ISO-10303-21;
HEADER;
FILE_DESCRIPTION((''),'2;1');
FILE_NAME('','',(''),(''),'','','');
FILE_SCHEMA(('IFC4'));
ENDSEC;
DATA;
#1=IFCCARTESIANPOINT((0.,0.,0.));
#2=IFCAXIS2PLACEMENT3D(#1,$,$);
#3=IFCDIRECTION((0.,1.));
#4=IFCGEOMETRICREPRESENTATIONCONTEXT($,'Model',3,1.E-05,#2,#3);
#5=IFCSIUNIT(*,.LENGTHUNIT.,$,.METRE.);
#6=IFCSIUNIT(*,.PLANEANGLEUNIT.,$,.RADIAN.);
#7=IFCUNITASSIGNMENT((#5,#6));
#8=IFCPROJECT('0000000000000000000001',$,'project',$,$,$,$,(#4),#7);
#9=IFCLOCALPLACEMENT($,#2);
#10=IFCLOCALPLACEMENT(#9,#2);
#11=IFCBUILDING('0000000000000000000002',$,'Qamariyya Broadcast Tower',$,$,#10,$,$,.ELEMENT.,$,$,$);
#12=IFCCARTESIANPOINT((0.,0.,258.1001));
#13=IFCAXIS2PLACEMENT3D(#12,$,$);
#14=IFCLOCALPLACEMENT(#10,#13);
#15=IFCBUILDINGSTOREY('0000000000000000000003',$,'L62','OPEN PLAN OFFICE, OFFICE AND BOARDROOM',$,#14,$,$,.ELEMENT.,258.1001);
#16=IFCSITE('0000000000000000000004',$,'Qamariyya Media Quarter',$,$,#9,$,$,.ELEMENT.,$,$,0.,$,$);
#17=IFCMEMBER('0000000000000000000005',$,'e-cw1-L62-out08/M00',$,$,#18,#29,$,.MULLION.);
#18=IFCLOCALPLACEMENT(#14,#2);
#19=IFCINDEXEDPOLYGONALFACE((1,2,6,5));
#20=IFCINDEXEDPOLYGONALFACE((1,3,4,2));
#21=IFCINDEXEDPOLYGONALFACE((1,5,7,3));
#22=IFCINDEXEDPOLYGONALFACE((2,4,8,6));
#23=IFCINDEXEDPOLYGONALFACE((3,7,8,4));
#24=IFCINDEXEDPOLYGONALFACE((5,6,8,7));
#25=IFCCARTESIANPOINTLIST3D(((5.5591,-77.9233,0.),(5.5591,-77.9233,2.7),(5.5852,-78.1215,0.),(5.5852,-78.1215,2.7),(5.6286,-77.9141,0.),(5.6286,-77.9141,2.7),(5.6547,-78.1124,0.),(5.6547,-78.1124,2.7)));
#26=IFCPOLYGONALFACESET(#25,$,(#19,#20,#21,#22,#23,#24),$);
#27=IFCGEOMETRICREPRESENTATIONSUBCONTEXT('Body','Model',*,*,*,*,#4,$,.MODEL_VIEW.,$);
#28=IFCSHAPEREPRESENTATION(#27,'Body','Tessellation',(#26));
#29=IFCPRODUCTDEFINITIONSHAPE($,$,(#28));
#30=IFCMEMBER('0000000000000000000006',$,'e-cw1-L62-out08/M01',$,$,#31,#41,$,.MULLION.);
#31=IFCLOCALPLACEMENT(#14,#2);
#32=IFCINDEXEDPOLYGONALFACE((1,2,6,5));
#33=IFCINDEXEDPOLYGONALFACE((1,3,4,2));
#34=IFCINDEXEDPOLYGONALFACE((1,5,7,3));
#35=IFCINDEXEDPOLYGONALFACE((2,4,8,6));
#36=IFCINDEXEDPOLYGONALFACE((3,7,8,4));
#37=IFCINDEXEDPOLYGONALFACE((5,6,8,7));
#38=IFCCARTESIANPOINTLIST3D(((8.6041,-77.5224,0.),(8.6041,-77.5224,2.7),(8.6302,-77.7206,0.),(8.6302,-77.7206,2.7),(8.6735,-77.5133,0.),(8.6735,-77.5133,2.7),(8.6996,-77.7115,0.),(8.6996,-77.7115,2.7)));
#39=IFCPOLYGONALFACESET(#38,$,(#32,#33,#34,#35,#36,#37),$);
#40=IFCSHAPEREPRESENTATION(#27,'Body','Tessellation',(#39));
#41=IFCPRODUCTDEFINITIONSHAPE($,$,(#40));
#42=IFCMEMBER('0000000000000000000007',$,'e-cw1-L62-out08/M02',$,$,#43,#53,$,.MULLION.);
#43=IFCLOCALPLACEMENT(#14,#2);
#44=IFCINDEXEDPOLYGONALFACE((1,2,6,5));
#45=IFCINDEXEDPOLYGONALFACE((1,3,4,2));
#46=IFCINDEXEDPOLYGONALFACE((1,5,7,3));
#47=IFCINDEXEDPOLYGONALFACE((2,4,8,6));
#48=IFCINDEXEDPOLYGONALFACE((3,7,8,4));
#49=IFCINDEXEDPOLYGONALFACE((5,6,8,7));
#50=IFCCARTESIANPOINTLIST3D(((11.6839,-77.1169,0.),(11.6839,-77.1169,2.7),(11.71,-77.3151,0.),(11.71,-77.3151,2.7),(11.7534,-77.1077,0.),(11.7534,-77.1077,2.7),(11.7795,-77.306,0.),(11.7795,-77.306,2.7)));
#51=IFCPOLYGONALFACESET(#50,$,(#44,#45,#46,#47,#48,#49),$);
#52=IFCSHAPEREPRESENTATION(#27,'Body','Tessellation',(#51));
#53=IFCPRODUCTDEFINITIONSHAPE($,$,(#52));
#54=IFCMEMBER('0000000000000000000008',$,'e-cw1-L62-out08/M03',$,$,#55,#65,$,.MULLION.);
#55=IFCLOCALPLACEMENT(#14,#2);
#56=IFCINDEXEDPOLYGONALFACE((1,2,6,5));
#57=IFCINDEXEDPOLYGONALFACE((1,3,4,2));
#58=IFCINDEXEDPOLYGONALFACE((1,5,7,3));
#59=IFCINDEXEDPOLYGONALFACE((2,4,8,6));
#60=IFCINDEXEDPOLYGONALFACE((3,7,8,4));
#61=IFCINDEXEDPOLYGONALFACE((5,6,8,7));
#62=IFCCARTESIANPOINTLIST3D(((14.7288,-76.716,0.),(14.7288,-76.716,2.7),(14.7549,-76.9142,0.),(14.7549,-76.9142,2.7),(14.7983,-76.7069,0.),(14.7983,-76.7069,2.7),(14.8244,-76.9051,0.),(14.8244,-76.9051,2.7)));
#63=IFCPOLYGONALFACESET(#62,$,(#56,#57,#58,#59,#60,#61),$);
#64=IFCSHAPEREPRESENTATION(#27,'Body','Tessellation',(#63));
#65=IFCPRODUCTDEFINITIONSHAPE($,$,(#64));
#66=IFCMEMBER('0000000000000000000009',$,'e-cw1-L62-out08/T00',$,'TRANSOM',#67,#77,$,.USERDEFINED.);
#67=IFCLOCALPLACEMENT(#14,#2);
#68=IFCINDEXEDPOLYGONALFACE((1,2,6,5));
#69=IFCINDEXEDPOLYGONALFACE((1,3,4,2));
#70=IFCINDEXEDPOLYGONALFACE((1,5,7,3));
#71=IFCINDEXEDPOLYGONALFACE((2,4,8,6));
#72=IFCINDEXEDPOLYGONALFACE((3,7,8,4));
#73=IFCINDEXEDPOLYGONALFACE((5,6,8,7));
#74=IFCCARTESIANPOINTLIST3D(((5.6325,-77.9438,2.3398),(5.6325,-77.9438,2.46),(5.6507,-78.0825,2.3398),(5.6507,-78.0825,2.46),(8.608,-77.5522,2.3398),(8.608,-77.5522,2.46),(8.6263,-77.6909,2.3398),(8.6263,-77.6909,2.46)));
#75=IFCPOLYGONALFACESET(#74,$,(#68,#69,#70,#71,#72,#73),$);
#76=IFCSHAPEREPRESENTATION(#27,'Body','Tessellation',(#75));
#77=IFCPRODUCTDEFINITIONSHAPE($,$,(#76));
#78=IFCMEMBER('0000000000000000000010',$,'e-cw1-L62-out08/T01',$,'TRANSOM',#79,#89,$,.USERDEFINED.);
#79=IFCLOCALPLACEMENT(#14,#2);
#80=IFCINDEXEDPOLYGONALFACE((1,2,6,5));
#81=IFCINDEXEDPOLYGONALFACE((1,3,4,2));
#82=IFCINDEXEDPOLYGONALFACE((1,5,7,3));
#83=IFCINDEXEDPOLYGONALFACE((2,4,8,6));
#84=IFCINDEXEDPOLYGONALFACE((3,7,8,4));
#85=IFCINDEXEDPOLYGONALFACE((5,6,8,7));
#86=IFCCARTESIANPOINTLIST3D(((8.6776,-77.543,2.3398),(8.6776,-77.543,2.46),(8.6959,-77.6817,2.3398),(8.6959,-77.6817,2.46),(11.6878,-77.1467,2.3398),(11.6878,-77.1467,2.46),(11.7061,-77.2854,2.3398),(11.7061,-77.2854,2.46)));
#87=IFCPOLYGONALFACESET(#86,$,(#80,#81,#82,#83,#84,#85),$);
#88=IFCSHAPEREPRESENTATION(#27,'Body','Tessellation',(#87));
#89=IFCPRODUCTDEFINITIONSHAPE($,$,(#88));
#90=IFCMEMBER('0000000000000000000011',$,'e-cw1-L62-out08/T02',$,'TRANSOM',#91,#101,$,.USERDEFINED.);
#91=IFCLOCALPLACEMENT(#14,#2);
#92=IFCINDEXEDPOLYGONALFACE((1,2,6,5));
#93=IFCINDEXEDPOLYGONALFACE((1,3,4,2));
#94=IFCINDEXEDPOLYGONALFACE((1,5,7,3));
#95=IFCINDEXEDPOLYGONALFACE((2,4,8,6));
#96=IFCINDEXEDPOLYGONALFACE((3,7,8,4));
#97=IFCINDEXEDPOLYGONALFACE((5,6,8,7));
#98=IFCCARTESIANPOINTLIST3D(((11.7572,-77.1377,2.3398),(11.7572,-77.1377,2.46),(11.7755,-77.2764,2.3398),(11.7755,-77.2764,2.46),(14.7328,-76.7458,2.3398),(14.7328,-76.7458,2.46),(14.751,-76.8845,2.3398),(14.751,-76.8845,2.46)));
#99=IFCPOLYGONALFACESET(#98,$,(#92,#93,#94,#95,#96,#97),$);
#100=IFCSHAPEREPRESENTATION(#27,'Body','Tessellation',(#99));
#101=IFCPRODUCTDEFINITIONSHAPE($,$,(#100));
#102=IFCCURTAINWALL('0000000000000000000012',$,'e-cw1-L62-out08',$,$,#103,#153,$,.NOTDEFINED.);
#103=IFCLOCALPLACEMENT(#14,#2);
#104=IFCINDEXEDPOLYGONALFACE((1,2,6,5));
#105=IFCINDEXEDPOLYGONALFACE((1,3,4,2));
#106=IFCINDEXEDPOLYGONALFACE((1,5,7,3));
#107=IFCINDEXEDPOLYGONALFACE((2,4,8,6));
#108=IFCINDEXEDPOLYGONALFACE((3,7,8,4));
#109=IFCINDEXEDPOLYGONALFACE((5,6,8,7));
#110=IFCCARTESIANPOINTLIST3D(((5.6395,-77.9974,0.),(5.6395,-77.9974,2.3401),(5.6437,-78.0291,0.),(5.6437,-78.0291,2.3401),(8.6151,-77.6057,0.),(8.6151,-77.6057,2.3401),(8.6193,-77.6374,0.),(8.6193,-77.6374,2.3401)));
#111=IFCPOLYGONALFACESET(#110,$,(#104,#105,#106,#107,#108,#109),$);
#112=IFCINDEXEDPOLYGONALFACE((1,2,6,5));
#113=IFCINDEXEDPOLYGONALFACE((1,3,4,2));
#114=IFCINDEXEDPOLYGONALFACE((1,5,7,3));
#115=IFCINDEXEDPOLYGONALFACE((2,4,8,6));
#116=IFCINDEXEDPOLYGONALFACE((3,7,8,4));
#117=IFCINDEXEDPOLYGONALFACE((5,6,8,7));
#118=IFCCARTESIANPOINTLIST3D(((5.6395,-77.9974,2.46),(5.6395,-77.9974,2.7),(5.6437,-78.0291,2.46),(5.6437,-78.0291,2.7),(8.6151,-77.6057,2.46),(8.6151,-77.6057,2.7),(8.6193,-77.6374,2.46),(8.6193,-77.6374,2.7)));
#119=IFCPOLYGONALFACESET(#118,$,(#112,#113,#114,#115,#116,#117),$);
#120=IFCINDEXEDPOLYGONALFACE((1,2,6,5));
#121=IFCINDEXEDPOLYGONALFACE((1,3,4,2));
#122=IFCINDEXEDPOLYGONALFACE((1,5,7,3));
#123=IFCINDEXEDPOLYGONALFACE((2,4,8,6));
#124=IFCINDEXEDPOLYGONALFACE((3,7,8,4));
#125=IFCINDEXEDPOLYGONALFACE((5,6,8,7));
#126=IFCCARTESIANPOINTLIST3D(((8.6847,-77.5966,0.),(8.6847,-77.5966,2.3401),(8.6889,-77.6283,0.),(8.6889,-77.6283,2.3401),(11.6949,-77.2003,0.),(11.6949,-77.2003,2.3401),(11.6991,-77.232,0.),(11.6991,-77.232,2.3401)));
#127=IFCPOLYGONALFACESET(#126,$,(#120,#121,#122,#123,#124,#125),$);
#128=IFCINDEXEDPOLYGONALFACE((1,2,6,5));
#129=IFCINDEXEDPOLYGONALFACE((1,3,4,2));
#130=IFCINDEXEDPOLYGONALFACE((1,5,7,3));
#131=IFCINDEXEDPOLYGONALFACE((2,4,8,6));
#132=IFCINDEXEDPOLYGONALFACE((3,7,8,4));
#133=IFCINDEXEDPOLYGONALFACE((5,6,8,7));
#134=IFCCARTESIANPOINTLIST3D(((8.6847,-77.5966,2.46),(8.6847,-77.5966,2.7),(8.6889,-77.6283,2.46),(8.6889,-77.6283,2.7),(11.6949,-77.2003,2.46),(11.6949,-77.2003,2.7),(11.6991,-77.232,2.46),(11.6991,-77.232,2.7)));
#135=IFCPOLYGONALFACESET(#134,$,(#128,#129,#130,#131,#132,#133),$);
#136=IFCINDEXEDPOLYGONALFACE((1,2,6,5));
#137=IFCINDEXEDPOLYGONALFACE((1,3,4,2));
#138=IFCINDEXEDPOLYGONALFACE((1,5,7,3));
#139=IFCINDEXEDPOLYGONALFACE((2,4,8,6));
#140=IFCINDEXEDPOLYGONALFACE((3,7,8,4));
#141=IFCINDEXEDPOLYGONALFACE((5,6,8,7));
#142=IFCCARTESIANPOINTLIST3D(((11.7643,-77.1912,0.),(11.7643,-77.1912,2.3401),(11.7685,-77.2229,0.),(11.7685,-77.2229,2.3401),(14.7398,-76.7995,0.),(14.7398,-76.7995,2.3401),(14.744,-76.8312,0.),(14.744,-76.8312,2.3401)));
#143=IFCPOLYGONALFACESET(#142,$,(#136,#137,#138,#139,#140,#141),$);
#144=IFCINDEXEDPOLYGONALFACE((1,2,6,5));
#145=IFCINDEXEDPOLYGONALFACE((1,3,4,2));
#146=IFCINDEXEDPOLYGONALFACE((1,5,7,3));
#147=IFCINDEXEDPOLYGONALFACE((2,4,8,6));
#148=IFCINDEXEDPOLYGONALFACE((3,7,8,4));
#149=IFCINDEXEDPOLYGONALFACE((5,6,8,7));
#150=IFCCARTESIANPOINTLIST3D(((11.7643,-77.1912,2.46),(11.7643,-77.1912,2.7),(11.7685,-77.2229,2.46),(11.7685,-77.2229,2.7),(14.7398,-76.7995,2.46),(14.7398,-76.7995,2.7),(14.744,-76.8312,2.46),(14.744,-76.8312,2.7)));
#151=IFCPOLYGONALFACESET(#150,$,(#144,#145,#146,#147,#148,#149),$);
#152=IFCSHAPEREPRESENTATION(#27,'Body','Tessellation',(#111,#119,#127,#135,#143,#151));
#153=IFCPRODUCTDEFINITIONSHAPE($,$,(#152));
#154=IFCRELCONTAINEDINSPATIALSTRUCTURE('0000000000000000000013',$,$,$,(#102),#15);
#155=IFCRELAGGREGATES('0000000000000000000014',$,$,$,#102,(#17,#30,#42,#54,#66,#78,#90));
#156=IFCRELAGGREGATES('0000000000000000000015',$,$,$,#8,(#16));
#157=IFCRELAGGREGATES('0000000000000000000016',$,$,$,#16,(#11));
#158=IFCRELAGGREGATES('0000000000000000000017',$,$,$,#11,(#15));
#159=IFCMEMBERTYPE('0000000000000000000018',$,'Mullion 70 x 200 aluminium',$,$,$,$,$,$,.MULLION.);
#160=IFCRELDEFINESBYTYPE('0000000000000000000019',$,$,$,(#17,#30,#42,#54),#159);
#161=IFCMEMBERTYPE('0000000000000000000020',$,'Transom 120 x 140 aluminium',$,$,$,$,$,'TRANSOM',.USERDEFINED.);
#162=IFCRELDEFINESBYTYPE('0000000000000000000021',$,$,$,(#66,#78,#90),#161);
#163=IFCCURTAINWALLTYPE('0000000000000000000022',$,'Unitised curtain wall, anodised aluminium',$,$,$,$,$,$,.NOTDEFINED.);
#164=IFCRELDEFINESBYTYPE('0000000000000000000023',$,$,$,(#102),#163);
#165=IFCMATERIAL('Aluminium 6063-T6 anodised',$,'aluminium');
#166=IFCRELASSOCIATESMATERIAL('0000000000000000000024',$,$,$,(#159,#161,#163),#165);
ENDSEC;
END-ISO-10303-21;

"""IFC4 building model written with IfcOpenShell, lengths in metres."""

from ifc_helpers import new_model, si_unit, direction, frame, origin, origin_2d, place, context, subcontext, project, spatial, rectangle, extrude, material, material_profile, profile_set, type_object, element, aggregate, save


model = new_model("IFC4")

# Units and contexts
model_context = context("Model", 3, precision=1e-05, world=origin(), true_north=direction((0.0, 1.0)))
body_context = subcontext(model_context, "Body", "Model", "MODEL_VIEW")
ifc_project = project(units=[si_unit("LENGTHUNIT", "METRE"), si_unit("PLANEANGLEUNIT", "RADIAN")], contexts=[model_context])

# Members
ifc_material = material(Name="Aluminium 6063-T6 anodised", Category="aluminium")
ifc_material_profile_1 = material_profile(ifc_material, rectangle(XDim=0.2, YDim=0.0701, at=origin_2d()))
ifc_profile_set_1 = profile_set([ifc_material_profile_1], Name="Aluminium 6063-T6 anodised")
member_type_1 = type_object("IfcMemberType", Name="Mullion 70 x 200 aluminium", PredefinedType="MULLION", material=ifc_profile_set_1)
site_placement = place(None, origin())
building_placement = place(site_placement, origin())
storey_placement = place(building_placement, frame((0.0, 0.0, 258.1001)))
member_1_placement = place(storey_placement, frame((5.6069, -78.0178, 0.0), z_axis=(0.0, 0.0, 1.0), x_axis=(-0.130526, 0.991445, 0.0)))
member_1 = element("IfcMember", 1, at=member_1_placement, type_object=member_type_1, Name="e-cw1-L62-out08/M00", PredefinedType="MULLION", context=body_context, shape_type="SweptSolid", body=[
    extrude(rectangle(XDim=0.2, YDim=0.0701, at=origin_2d()), origin(), (0.0, 0.0, 1.0), 2.7),
])
member_2_placement = place(storey_placement, frame((8.6519, -77.6169, 0.0), z_axis=(0.0, 0.0, 1.0), x_axis=(-0.130526, 0.991445, 0.0)))
member_2 = element("IfcMember", 2, at=member_2_placement, type_object=member_type_1, Name="e-cw1-L62-out08/M01", PredefinedType="MULLION", context=body_context, shape_type="SweptSolid", body=[
    extrude(rectangle(XDim=0.2, YDim=0.0701, at=origin_2d()), origin(), (0.0, 0.0, 1.0), 2.7),
])
member_3_placement = place(storey_placement, frame((11.7317, -77.2114, 0.0), z_axis=(0.0, 0.0, 1.0), x_axis=(-0.130526, 0.991445, 0.0)))
member_3 = element("IfcMember", 3, at=member_3_placement, type_object=member_type_1, Name="e-cw1-L62-out08/M02", PredefinedType="MULLION", context=body_context, shape_type="SweptSolid", body=[
    extrude(rectangle(XDim=0.2, YDim=0.0701, at=origin_2d()), origin(), (0.0, 0.0, 1.0), 2.7),
])
member_4_placement = place(storey_placement, frame((14.7766, -76.8105, 0.0), z_axis=(0.0, 0.0, 1.0), x_axis=(-0.130526, 0.991445, 0.0)))
member_4 = element("IfcMember", 4, at=member_4_placement, type_object=member_type_1, Name="e-cw1-L62-out08/M03", PredefinedType="MULLION", context=body_context, shape_type="SweptSolid", body=[
    extrude(rectangle(XDim=0.2, YDim=0.0701, at=origin_2d()), origin(), (0.0, 0.0, 1.0), 2.7),
])
ifc_material_profile_2 = material_profile(ifc_material, rectangle(XDim=0.1399, YDim=0.1201, at=origin_2d()))
ifc_profile_set_2 = profile_set([ifc_material_profile_2], Name="Aluminium 6063-T6 anodised")
member_type_2 = type_object("IfcMemberType", Name="Transom 120 x 140 aluminium", ElementType="TRANSOM", PredefinedType="USERDEFINED", material=ifc_profile_set_2)
member_5_placement = place(storey_placement, frame((5.6416, -78.0132, 2.3999), z_axis=(0.991451, 0.13048, 0.0), x_axis=(-0.13048, 0.991451, 0.0)))
member_5 = element("IfcMember", 5, at=member_5_placement, type_object=member_type_2, Name="e-cw1-L62-out08/T00", ObjectType="TRANSOM", PredefinedType="USERDEFINED", context=body_context, shape_type="SweptSolid", body=[
    extrude(rectangle(XDim=0.1399, YDim=0.1201, at=origin_2d()), origin(), (0.0, 0.0, 1.0), 3.0012),
])
member_6_placement = place(storey_placement, frame((8.6868, -77.6123, 2.3999), z_axis=(0.991448, 0.130504, 0.0), x_axis=(-0.130504, 0.991448, 0.0)))
member_6 = element("IfcMember", 6, at=member_6_placement, type_object=member_type_2, Name="e-cw1-L62-out08/T01", ObjectType="TRANSOM", PredefinedType="USERDEFINED", context=body_context, shape_type="SweptSolid", body=[
    extrude(rectangle(XDim=0.1399, YDim=0.1201, at=origin_2d()), origin(), (0.0, 0.0, 1.0), 3.0361),
])
member_7_placement = place(storey_placement, frame((11.7664, -77.207, 2.3999), z_axis=(0.99144, 0.13056, 0.0), x_axis=(-0.13056, 0.99144, 0.0)))
member_7 = element("IfcMember", 7, at=member_7_placement, type_object=member_type_2, Name="e-cw1-L62-out08/T02", ObjectType="TRANSOM", PredefinedType="USERDEFINED", context=body_context, shape_type="SweptSolid", body=[
    extrude(rectangle(XDim=0.1399, YDim=0.1201, at=origin_2d()), origin(), (0.0, 0.0, 1.0), 3.0012),
])

# Site, building, storey
site = spatial("IfcSite", under=ifc_project, at=site_placement, Name="Qamariyya Media Quarter", CompositionType="ELEMENT", RefElevation=0.0)
building = spatial("IfcBuilding", under=site, at=building_placement, Name="Qamariyya Broadcast Tower", CompositionType="ELEMENT")
storey = spatial("IfcBuildingStorey", under=building, at=storey_placement, Name="L62", Description="OPEN PLAN OFFICE, OFFICE AND BOARDROOM", CompositionType="ELEMENT", Elevation=258.1001)

# Curtain wall
curtain_wall_type = type_object("IfcCurtainWallType", Name="Unitised curtain wall, anodised aluminium", PredefinedType="NOTDEFINED", material=ifc_material)
curtain_wall_1_placement = place(storey_placement, origin())
curtain_wall_1 = element("IfcCurtainWall", 8, at=curtain_wall_1_placement, inside=storey, type_object=curtain_wall_type, Name="e-cw1-L62-out08", PredefinedType="NOTDEFINED", context=body_context, shape_type="SweptSolid", body=[
    extrude(rectangle(XDim=3.0012, YDim=0.032, at=origin_2d()), frame((7.1294, -77.8174, 0.0), x_axis=(0.991445, 0.130523, 0.0)), (0.0, 0.0, 1.0), 2.3401),
    extrude(rectangle(XDim=3.0012, YDim=0.032, at=origin_2d()), frame((7.1294, -77.8174, 2.46), x_axis=(0.991445, 0.130523, 0.0)), (0.0, 0.0, 1.0), 0.24),
    extrude(rectangle(XDim=3.0361, YDim=0.032, at=origin_2d()), frame((10.1919, -77.4143, 0.0), x_axis=(0.991445, 0.130523, 0.0)), (0.0, 0.0, 1.0), 2.3401),
    extrude(rectangle(XDim=3.0361, YDim=0.032, at=origin_2d()), frame((10.1919, -77.4143, 2.46), x_axis=(0.991445, 0.130523, 0.0)), (0.0, 0.0, 1.0), 0.24),
    extrude(rectangle(XDim=3.0012, YDim=0.032, at=origin_2d()), frame((13.2542, -77.0112, 0.0), x_axis=(0.991445, 0.130523, 0.0)), (0.0, 0.0, 1.0), 2.3401),
    extrude(rectangle(XDim=3.0012, YDim=0.032, at=origin_2d()), frame((13.2542, -77.0112, 2.46), x_axis=(0.991445, 0.130523, 0.0)), (0.0, 0.0, 1.0), 0.24),
])
aggregate(curtain_wall_1, [member_1, member_2, member_3, member_4, member_5, member_6, member_7])

save(model, "model.ifc")
